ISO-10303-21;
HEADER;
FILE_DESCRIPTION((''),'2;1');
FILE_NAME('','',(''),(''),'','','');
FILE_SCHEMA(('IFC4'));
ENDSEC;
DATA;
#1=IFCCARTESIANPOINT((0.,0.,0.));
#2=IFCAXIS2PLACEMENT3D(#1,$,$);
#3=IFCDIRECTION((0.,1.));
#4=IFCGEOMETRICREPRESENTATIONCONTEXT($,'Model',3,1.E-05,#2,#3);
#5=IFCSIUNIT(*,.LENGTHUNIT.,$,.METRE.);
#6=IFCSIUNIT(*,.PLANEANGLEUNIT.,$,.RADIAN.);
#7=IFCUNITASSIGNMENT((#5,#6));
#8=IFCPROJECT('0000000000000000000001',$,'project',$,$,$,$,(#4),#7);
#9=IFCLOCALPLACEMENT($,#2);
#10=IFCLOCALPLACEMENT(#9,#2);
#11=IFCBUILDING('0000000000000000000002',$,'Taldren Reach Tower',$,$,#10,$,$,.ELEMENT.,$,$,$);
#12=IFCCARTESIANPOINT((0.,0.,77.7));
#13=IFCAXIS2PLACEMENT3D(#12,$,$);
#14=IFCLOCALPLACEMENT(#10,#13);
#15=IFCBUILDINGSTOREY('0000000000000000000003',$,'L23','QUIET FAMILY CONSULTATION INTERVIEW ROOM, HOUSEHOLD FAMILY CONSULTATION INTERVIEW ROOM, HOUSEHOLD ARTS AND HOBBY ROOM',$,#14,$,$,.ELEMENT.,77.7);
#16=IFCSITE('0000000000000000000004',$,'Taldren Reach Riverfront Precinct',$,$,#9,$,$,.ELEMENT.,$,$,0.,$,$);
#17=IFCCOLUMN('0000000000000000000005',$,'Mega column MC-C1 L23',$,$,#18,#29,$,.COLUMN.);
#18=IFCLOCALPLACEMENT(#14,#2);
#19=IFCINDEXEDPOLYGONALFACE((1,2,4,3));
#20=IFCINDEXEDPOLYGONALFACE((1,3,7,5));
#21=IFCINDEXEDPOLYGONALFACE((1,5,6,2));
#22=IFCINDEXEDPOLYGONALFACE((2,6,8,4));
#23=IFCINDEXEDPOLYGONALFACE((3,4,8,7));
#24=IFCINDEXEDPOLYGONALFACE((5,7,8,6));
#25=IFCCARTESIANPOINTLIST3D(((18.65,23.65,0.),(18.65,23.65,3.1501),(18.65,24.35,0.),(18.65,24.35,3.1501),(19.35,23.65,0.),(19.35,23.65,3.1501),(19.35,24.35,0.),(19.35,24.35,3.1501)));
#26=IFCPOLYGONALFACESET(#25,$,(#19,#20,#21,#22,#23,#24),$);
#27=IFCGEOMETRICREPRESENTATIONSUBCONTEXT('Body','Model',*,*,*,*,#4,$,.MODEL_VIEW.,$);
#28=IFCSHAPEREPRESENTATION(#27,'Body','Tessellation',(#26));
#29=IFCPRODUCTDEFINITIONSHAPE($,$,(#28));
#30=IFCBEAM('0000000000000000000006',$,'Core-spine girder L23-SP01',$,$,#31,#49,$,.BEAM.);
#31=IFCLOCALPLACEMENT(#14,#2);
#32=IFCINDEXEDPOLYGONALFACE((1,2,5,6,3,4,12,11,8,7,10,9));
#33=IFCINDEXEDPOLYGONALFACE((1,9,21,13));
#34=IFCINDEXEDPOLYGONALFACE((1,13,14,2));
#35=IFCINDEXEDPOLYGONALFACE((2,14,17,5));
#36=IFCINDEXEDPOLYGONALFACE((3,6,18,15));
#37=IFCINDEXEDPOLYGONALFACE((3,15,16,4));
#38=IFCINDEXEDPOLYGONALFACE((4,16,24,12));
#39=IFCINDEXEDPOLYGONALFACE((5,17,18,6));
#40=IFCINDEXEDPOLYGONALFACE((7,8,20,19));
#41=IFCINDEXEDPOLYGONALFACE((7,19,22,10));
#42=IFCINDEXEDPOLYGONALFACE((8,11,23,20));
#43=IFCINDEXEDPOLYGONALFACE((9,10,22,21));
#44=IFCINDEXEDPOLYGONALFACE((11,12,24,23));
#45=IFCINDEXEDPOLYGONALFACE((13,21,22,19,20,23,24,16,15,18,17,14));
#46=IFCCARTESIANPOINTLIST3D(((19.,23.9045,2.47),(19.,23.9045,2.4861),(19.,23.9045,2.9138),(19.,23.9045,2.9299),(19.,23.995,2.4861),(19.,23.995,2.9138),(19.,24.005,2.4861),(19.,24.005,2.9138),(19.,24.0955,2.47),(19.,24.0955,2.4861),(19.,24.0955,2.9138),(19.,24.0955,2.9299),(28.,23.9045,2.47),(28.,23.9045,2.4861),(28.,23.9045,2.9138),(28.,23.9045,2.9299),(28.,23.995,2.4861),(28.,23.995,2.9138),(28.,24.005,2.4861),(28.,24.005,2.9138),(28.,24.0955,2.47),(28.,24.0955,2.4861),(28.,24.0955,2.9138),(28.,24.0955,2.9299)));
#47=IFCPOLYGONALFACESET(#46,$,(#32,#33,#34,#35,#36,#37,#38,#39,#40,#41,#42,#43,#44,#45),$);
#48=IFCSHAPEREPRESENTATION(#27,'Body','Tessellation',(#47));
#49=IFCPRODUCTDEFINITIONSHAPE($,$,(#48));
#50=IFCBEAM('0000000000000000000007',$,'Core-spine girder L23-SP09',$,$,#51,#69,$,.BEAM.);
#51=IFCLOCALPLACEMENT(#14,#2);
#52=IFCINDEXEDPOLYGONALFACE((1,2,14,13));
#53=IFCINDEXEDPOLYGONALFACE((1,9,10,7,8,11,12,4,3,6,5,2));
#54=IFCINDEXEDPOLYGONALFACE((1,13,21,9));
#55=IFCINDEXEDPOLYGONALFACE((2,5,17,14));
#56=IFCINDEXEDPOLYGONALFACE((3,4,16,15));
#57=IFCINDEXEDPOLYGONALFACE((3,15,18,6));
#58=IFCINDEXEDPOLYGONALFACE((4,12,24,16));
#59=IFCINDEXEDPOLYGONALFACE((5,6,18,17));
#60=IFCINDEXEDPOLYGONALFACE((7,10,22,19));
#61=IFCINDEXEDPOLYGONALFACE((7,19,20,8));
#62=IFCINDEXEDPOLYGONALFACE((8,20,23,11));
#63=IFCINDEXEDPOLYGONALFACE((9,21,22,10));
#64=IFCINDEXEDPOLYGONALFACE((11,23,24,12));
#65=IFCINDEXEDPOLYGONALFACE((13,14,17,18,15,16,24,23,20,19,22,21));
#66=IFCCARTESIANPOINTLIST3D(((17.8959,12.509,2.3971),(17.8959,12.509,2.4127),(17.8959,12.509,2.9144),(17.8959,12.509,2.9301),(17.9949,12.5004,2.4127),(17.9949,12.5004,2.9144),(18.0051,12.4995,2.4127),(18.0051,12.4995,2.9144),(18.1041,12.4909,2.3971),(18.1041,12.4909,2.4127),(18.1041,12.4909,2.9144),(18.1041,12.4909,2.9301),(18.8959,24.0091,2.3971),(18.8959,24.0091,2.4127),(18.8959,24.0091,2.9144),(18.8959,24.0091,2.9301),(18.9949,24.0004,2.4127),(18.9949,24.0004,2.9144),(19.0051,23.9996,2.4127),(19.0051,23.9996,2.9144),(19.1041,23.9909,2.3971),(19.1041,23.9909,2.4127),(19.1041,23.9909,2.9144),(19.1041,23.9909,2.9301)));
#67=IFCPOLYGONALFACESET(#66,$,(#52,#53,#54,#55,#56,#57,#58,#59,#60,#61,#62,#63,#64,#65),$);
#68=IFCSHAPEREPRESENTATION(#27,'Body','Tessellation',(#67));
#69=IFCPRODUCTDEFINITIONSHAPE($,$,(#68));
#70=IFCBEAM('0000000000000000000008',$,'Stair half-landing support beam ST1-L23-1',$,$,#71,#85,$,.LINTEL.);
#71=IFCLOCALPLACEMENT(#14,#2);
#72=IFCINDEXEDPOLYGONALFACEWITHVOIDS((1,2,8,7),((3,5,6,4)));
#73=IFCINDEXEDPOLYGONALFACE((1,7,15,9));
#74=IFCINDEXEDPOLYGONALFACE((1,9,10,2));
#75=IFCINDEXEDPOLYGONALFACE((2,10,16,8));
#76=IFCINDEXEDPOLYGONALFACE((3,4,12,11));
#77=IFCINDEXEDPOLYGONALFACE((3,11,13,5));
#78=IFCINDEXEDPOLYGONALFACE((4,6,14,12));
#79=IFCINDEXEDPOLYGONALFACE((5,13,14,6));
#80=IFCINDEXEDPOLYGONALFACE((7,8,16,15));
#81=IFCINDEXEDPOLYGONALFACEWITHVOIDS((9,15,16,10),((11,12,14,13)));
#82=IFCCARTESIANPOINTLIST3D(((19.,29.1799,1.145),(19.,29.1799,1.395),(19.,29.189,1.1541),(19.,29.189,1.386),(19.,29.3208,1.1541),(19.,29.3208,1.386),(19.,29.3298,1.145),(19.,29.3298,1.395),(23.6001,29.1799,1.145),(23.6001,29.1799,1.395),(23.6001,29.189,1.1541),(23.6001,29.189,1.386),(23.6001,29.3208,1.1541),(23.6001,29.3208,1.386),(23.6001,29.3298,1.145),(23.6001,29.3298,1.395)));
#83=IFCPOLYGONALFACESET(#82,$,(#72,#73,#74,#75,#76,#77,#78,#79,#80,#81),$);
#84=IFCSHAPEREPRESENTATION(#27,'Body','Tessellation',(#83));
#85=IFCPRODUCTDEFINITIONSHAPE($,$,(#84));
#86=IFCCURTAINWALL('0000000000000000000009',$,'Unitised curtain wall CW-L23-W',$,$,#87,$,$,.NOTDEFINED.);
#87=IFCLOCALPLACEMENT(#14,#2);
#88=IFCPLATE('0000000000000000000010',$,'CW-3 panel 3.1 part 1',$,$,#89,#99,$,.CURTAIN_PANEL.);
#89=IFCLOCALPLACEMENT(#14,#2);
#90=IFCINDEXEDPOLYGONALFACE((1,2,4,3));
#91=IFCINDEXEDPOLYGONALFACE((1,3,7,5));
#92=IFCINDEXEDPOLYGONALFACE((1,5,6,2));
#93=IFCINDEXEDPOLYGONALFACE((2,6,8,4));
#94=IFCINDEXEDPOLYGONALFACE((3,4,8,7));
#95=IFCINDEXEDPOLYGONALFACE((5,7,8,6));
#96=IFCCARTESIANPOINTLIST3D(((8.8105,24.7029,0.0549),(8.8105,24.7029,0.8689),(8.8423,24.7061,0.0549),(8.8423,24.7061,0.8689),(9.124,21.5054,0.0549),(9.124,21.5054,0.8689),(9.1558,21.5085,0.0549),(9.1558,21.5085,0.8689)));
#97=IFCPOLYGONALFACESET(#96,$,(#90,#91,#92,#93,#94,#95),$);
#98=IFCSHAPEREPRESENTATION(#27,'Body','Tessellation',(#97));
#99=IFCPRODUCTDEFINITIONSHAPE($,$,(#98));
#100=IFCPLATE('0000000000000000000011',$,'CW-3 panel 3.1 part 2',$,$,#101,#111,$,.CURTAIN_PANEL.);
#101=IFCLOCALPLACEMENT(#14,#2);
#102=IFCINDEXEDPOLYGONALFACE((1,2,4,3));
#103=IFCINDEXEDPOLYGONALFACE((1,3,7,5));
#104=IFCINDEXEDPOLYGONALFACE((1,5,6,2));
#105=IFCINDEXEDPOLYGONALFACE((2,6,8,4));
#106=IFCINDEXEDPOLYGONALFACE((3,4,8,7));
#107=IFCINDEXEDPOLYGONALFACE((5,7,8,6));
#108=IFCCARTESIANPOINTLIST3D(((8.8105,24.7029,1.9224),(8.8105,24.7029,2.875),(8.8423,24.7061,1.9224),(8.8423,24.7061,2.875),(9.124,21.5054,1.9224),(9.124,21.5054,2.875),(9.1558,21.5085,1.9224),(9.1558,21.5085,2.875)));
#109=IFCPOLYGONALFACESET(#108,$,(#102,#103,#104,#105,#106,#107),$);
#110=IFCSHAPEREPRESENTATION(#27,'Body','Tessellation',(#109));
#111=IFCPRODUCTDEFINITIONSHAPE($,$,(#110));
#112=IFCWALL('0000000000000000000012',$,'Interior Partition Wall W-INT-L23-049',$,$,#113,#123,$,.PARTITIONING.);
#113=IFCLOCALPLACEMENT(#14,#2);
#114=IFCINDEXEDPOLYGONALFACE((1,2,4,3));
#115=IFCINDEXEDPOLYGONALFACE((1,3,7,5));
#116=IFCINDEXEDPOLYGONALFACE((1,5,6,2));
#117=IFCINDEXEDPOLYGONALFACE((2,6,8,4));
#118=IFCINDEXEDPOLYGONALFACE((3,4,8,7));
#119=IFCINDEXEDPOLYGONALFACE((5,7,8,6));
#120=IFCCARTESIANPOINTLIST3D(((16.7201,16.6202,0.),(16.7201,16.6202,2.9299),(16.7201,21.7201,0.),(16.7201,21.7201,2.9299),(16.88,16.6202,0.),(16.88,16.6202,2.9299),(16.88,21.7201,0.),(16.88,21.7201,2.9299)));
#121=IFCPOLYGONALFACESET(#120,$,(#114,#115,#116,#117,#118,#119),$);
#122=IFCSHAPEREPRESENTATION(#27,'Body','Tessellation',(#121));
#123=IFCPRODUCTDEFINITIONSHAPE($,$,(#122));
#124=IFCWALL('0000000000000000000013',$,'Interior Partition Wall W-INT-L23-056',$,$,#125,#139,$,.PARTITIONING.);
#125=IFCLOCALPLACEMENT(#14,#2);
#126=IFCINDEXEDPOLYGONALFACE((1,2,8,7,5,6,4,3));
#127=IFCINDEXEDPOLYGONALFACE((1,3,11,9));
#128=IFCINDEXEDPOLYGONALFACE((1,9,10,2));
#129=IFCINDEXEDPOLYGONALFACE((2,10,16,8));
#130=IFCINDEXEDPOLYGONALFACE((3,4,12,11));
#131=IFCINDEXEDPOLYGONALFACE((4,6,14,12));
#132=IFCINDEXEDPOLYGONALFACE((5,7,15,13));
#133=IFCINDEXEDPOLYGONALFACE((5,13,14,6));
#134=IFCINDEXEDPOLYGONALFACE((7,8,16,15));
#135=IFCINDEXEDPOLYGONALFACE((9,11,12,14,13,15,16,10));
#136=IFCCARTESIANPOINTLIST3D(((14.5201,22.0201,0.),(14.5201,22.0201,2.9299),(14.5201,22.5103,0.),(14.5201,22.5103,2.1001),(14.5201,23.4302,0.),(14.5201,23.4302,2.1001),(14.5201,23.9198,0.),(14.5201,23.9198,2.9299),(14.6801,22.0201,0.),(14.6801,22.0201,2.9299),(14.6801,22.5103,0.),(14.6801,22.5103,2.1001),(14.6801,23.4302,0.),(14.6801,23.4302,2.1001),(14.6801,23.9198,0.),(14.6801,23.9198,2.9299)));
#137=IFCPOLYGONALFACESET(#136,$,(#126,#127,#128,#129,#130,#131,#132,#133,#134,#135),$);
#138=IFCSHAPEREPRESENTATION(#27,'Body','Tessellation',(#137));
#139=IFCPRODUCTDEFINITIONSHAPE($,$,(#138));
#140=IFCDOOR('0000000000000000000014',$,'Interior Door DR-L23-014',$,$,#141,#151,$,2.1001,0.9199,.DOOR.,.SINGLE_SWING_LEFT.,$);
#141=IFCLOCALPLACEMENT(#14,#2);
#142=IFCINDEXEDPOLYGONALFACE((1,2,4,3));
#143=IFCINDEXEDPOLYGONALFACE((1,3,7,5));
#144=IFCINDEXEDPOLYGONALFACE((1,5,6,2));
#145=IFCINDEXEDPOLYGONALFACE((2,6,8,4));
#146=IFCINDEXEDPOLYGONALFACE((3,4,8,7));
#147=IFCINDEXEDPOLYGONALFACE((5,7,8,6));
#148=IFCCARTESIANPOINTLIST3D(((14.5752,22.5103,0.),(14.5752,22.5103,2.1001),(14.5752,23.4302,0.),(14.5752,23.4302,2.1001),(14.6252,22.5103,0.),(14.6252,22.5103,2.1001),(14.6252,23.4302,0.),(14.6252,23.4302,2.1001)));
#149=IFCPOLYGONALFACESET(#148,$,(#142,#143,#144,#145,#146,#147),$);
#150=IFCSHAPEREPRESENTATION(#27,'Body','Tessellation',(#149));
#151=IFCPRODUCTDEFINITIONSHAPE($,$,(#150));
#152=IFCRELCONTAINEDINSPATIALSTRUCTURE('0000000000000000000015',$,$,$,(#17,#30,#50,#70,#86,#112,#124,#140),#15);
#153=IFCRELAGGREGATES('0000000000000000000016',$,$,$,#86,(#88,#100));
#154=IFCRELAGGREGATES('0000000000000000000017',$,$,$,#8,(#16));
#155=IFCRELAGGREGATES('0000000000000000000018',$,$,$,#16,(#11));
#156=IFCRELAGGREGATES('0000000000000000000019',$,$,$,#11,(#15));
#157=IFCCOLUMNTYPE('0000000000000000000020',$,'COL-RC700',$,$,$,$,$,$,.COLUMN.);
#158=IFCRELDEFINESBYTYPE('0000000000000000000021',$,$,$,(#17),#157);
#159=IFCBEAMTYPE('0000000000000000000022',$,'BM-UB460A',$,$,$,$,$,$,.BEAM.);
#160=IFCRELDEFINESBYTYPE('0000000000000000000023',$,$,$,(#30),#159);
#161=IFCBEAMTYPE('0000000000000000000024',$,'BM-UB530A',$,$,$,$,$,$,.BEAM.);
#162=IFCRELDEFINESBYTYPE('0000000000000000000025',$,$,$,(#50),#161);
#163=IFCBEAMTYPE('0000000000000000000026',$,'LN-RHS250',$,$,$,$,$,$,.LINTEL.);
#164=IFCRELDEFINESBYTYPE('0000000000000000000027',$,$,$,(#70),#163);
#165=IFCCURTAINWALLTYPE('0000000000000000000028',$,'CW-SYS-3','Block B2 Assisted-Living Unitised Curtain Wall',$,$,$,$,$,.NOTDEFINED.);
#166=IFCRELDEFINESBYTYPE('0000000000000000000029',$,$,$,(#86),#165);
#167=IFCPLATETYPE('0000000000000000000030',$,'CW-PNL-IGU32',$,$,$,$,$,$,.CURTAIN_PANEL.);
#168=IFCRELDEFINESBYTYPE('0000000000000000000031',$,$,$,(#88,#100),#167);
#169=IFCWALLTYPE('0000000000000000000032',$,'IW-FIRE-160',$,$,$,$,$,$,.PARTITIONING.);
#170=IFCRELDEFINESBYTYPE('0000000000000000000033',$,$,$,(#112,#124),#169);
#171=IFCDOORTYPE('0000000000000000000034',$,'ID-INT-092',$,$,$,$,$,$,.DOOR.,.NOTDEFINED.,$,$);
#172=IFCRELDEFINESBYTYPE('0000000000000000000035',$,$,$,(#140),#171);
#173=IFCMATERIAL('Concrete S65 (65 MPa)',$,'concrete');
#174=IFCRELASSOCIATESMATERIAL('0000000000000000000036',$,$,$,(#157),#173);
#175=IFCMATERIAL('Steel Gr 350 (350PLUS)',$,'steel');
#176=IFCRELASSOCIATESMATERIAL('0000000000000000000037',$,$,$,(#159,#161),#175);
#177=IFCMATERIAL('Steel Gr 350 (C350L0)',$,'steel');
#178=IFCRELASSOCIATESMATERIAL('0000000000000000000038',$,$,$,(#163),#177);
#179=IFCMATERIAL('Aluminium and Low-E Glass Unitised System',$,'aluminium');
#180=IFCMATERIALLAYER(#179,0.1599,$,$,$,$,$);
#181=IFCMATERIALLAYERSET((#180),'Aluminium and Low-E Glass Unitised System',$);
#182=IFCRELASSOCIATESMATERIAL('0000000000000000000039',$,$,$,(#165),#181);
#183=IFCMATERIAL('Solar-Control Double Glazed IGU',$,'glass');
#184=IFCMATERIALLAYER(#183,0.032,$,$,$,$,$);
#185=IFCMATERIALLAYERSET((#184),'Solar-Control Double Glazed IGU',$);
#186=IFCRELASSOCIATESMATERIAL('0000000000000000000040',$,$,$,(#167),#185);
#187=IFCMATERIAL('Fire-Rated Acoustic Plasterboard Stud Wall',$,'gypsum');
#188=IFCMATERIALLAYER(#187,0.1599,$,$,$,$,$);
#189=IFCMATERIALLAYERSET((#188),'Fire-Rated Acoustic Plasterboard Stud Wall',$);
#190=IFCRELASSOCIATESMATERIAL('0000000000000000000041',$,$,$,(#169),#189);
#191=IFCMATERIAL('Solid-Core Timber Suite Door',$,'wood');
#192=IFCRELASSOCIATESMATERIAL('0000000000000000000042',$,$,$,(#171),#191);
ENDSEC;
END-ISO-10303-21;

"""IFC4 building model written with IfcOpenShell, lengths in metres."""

from ifc_helpers import new_model, si_unit, direction, frame, frame_2d, origin, origin_2d, place, context, subcontext, project, spatial, rectangle, hollow_rectangle, i_section, extrude, source, transform, mapped, material, layer, layer_set, material_profile, profile_set, type_object, element, fill, aggregate, save


model = new_model("IFC4")

# Units and contexts
model_context = context("Model", 3, precision=1e-05, world=origin(), true_north=direction((0.0, 1.0)))
body_context = subcontext(model_context, "Body", "Model", "MODEL_VIEW")
ifc_project = project(units=[si_unit("LENGTHUNIT", "METRE"), si_unit("PLANEANGLEUNIT", "RADIAN")], contexts=[model_context])

# Site, building, storey
site_placement = place(None, origin())
site = spatial("IfcSite", under=ifc_project, at=site_placement, Name="Taldren Reach Riverfront Precinct", CompositionType="ELEMENT", RefElevation=0.0)
building_placement = place(site_placement, origin())
building = spatial("IfcBuilding", under=site, at=building_placement, Name="Taldren Reach Tower", CompositionType="ELEMENT")
storey_placement = place(building_placement, frame((0.0, 0.0, 77.7)))
storey = spatial("IfcBuildingStorey", under=building, at=storey_placement, Name="L23", Description="QUIET FAMILY CONSULTATION INTERVIEW ROOM, HOUSEHOLD FAMILY CONSULTATION INTERVIEW ROOM, HOUSEHOLD ARTS AND HOBBY ROOM", CompositionType="ELEMENT", Elevation=77.7)

# Column
ifc_material_1 = material(Name="Concrete S65 (65 MPa)", Category="concrete")
ifc_material_profile_1 = material_profile(ifc_material_1, rectangle(XDim=0.7, YDim=0.7, at=origin_2d()), Name="RC-700x700")
ifc_profile_set_1 = profile_set([ifc_material_profile_1], Name="Concrete S65 (65 MPa)")
column_type = type_object("IfcColumnType", Name="COL-RC700", PredefinedType="COLUMN", material=ifc_profile_set_1)
shared_shape_1 = source(origin(), body_context, "Body", "SweptSolid", [
    extrude(rectangle(XDim=0.7, YDim=0.7, at=origin_2d()), origin(), (0.0, 0.0, 1.0), 3.1501),
])
column_placement = place(storey_placement, frame((19.0, 24.0, 0.0), z_axis=(0.0, 0.0, 1.0), x_axis=(1.0, 0.0, 0.0)))
element("IfcColumn", 1, at=column_placement, inside=storey, type_object=column_type, Name="Mega column MC-C1 L23", PredefinedType="COLUMN", context=body_context, shape_type="MappedRepresentation", body=[
    mapped(shared_shape_1, transform((0.0, 0.0, 0.0), scale=1.0)),
])

# Beams
ifc_material_2 = material(Name="Steel Gr 350 (350PLUS)", Category="steel")
ifc_material_profile_2 = material_profile(ifc_material_2, i_section(OverallWidth=0.1909, OverallDepth=0.46, WebThickness=0.01, FlangeThickness=0.0161, at=origin_2d()), Name="460UB82.1")
ifc_profile_set_2 = profile_set([ifc_material_profile_2], Name="Steel Gr 350 (350PLUS)")
beam_type_1 = type_object("IfcBeamType", Name="BM-UB460A", PredefinedType="BEAM", material=ifc_profile_set_2)
shared_shape_2 = source(origin(), body_context, "Body", "SweptSolid", [
    extrude(i_section(OverallWidth=0.1909, OverallDepth=0.46, WebThickness=0.01, FlangeThickness=0.0161, at=origin_2d()), origin(), (0.0, 0.0, 1.0), 9.0),
])
beam_1_placement = place(storey_placement, frame((19.0, 24.0, 2.7), z_axis=(1.0, 0.0, 0.0), x_axis=(0.0, 1.0, 0.0)))
element("IfcBeam", 2, at=beam_1_placement, inside=storey, type_object=beam_type_1, Name="Core-spine girder L23-SP01", PredefinedType="BEAM", context=body_context, shape_type="MappedRepresentation", body=[
    mapped(shared_shape_2, transform((0.0, 0.0, 0.0), scale=1.0)),
])
ifc_material_profile_3 = material_profile(ifc_material_2, i_section(OverallWidth=0.209, OverallDepth=0.533, WebThickness=0.0103, FlangeThickness=0.0156, at=origin_2d()), Name="530UB92.4")
ifc_profile_set_3 = profile_set([ifc_material_profile_3], Name="Steel Gr 350 (350PLUS)")
beam_type_2 = type_object("IfcBeamType", Name="BM-UB530A", PredefinedType="BEAM", material=ifc_profile_set_3)
shared_shape_3 = source(origin(), body_context, "Body", "SweptSolid", [
    extrude(i_section(OverallWidth=0.209, OverallDepth=0.533, WebThickness=0.0103, FlangeThickness=0.0156, at=origin_2d()), origin(), (0.0, 0.0, 1.0), 11.5435),
])
beam_2_placement = place(storey_placement, frame((19.0, 24.0, 2.6636), z_axis=(-0.08663, -0.996241, 0.0), x_axis=(0.996241, -0.08663, 0.0)))
element("IfcBeam", 3, at=beam_2_placement, inside=storey, type_object=beam_type_2, Name="Core-spine girder L23-SP09", PredefinedType="BEAM", context=body_context, shape_type="MappedRepresentation", body=[
    mapped(shared_shape_3, transform((0.0, 0.0, 0.0), scale=1.0)),
])
ifc_material_3 = material(Name="Steel Gr 350 (C350L0)", Category="steel")
ifc_material_profile_4 = material_profile(ifc_material_3, hollow_rectangle(XDim=0.1499, YDim=0.25, WallThickness=0.009, at=origin_2d()), Name="250x150x9.0RHS")
ifc_profile_set_4 = profile_set([ifc_material_profile_4], Name="Steel Gr 350 (C350L0)")
beam_type_3 = type_object("IfcBeamType", Name="LN-RHS250", PredefinedType="LINTEL", material=ifc_profile_set_4)
shared_shape_4 = source(origin(), body_context, "Body", "SweptSolid", [
    extrude(hollow_rectangle(XDim=0.1499, YDim=0.25, WallThickness=0.009, at=origin_2d()), origin(), (0.0, 0.0, 1.0), 4.6001),
])
beam_3_placement = place(storey_placement, frame((19.0, 29.2549, 1.27), z_axis=(1.0, 0.0, 0.0), x_axis=(0.0, 1.0, 0.0)))
element("IfcBeam", 4, at=beam_3_placement, inside=storey, type_object=beam_type_3, Name="Stair half-landing support beam ST1-L23-1", PredefinedType="LINTEL", context=body_context, shape_type="MappedRepresentation", body=[
    mapped(shared_shape_4, transform((0.0, 0.0, 0.0), scale=1.0)),
])

# Curtain wall, plates
ifc_material_4 = material(Name="Aluminium and Low-E Glass Unitised System", Category="aluminium")
ifc_layer_1 = layer(ifc_material_4, 0.1599)
ifc_layer_set_1 = layer_set([ifc_layer_1], Name="Aluminium and Low-E Glass Unitised System")
curtain_wall_type = type_object("IfcCurtainWallType", Name="CW-SYS-3", Description="Block B2 Assisted-Living Unitised Curtain Wall", PredefinedType="NOTDEFINED", material=ifc_layer_set_1)
curtain_wall_placement = place(storey_placement, origin())
curtain_wall = element("IfcCurtainWall", 5, at=curtain_wall_placement, inside=storey, type_object=curtain_wall_type, Name="Unitised curtain wall CW-L23-W", PredefinedType="NOTDEFINED")
ifc_material_5 = material(Name="Solar-Control Double Glazed IGU", Category="glass")
ifc_layer_2 = layer(ifc_material_5, 0.032)
ifc_layer_set_2 = layer_set([ifc_layer_2], Name="Solar-Control Double Glazed IGU")
plate_type = type_object("IfcPlateType", Name="CW-PNL-IGU32", PredefinedType="CURTAIN_PANEL", material=ifc_layer_set_2)
shared_shape_5 = source(origin(), body_context, "Body", "SweptSolid", [
    extrude(rectangle(XDim=3.2129, YDim=0.032, at=origin_2d()), origin(), (0.0, 0.0, 1.0), 0.814),
])
plate_1_placement = place(storey_placement, frame((8.9832, 23.1057, 0.0549), z_axis=(0.0, 0.0, 1.0), x_axis=(0.097583, -0.995227, 0.0)))
plate_1 = element("IfcPlate", 6, at=plate_1_placement, type_object=plate_type, Name="CW-3 panel 3.1 part 1", PredefinedType="CURTAIN_PANEL", context=body_context, shape_type="MappedRepresentation", body=[
    mapped(shared_shape_5, transform((0.0, 0.0, 0.0), scale=1.0)),
])
shared_shape_6 = source(origin(), body_context, "Body", "SweptSolid", [
    extrude(rectangle(XDim=3.2129, YDim=0.032, at=origin_2d()), origin(), (0.0, 0.0, 1.0), 0.9526),
])
plate_2_placement = place(storey_placement, frame((8.9832, 23.1057, 1.9224), z_axis=(0.0, 0.0, 1.0), x_axis=(0.097583, -0.995227, 0.0)))
plate_2 = element("IfcPlate", 7, at=plate_2_placement, type_object=plate_type, Name="CW-3 panel 3.1 part 2", PredefinedType="CURTAIN_PANEL", context=body_context, shape_type="MappedRepresentation", body=[
    mapped(shared_shape_6, transform((0.0, 0.0, 0.0), scale=1.0)),
])
aggregate(curtain_wall, [plate_1, plate_2])

# Wall
ifc_material_6 = material(Name="Fire-Rated Acoustic Plasterboard Stud Wall", Category="gypsum")
ifc_layer_3 = layer(ifc_material_6, 0.1599)
ifc_layer_set_3 = layer_set([ifc_layer_3], Name="Fire-Rated Acoustic Plasterboard Stud Wall")
wall_type_1 = type_object("IfcWallType", Name="IW-FIRE-160", PredefinedType="PARTITIONING", material=ifc_layer_set_3)
shared_shape_7 = source(origin(), body_context, "Body", "SweptSolid", [
    extrude(rectangle(XDim=5.0999, YDim=0.1599, at=frame_2d((2.5498, 0.0))), origin(), (0.0, 0.0, 1.0), 2.9299),
])
wall_1_placement = place(storey_placement, frame((16.8, 21.72, 0.0), z_axis=(0.0, 0.0, 1.0), x_axis=(0.0, -1.0, 0.0)))
element("IfcWall", 8, at=wall_1_placement, inside=storey, type_object=wall_type_1, Name="Interior Partition Wall W-INT-L23-049", PredefinedType="PARTITIONING", context=body_context, shape_type="MappedRepresentation", body=[
    mapped(shared_shape_7, transform((0.0, 0.0, 0.0), scale=1.0)),
])

# Wall, opening, door
shared_shape_8 = source(origin(), body_context, "Body", "SweptSolid", [
    extrude(rectangle(XDim=1.8997, YDim=0.1599, at=frame_2d((0.9497, 0.0))), origin(), (0.0, 0.0, 1.0), 2.9299),
])
wall_2_placement = place(storey_placement, frame((14.6001, 22.0203, 0.0), z_axis=(0.0, 0.0, 1.0), x_axis=(0.0, 1.0, 0.0)))
wall_2 = element("IfcWall", 9, at=wall_2_placement, inside=storey, type_object=wall_type_1, Name="Interior Partition Wall W-INT-L23-056", PredefinedType="PARTITIONING", context=body_context, shape_type="MappedRepresentation", body=[
    mapped(shared_shape_8, transform((0.0, 0.0, 0.0), scale=1.0)),
])
shared_shape_9 = source(origin(), body_context, "Body", "SweptSolid", [
    extrude(rectangle(XDim=0.9199, YDim=2.1001, at=frame_2d((0.46, 1.05))), frame((0.0, 0.0898, 0.0), z_axis=(0.0, -1.0, 0.0), x_axis=(1.0, 0.0, 0.0)), (0.0, 0.0, 1.0), 0.1799),
])
opening_1_placement = place(wall_2_placement, frame((0.49, 0.0, 0.0)))
opening_1 = element("IfcOpeningElement", 10, at=opening_1_placement, cuts=wall_2, PredefinedType="OPENING", context=body_context, shape_type="MappedRepresentation", body=[
    mapped(shared_shape_9, transform((0.0, 0.0, 0.0), scale=1.0)),
])
ifc_material_7 = material(Name="Solid-Core Timber Suite Door", Category="wood")
door_type = type_object("IfcDoorType", Name="ID-INT-092", OperationType="NOTDEFINED", PredefinedType="DOOR", material=ifc_material_7)
shared_shape_10 = source(origin(), body_context, "Body", "SweptSolid", [
    extrude(rectangle(XDim=0.9199, YDim=2.1001, at=frame_2d((0.46, 1.05))), frame((0.0, 0.0249, 0.0), z_axis=(0.0, -1.0, 0.0), x_axis=(1.0, 0.0, 0.0)), (0.0, 0.0, 1.0), 0.05),
])
door_1_placement = place(opening_1_placement, origin())
door_1 = element("IfcDoor", 11, at=door_1_placement, inside=storey, type_object=door_type, Name="Interior Door DR-L23-014", OperationType="SINGLE_SWING_LEFT", OverallHeight=2.1001, OverallWidth=0.9199, PredefinedType="DOOR", context=body_context, shape_type="MappedRepresentation", body=[
    mapped(shared_shape_10, transform((0.0, 0.0, 0.0), scale=1.0)),
])
fill(opening_1, door_1)

save(model, "model.ifc")
